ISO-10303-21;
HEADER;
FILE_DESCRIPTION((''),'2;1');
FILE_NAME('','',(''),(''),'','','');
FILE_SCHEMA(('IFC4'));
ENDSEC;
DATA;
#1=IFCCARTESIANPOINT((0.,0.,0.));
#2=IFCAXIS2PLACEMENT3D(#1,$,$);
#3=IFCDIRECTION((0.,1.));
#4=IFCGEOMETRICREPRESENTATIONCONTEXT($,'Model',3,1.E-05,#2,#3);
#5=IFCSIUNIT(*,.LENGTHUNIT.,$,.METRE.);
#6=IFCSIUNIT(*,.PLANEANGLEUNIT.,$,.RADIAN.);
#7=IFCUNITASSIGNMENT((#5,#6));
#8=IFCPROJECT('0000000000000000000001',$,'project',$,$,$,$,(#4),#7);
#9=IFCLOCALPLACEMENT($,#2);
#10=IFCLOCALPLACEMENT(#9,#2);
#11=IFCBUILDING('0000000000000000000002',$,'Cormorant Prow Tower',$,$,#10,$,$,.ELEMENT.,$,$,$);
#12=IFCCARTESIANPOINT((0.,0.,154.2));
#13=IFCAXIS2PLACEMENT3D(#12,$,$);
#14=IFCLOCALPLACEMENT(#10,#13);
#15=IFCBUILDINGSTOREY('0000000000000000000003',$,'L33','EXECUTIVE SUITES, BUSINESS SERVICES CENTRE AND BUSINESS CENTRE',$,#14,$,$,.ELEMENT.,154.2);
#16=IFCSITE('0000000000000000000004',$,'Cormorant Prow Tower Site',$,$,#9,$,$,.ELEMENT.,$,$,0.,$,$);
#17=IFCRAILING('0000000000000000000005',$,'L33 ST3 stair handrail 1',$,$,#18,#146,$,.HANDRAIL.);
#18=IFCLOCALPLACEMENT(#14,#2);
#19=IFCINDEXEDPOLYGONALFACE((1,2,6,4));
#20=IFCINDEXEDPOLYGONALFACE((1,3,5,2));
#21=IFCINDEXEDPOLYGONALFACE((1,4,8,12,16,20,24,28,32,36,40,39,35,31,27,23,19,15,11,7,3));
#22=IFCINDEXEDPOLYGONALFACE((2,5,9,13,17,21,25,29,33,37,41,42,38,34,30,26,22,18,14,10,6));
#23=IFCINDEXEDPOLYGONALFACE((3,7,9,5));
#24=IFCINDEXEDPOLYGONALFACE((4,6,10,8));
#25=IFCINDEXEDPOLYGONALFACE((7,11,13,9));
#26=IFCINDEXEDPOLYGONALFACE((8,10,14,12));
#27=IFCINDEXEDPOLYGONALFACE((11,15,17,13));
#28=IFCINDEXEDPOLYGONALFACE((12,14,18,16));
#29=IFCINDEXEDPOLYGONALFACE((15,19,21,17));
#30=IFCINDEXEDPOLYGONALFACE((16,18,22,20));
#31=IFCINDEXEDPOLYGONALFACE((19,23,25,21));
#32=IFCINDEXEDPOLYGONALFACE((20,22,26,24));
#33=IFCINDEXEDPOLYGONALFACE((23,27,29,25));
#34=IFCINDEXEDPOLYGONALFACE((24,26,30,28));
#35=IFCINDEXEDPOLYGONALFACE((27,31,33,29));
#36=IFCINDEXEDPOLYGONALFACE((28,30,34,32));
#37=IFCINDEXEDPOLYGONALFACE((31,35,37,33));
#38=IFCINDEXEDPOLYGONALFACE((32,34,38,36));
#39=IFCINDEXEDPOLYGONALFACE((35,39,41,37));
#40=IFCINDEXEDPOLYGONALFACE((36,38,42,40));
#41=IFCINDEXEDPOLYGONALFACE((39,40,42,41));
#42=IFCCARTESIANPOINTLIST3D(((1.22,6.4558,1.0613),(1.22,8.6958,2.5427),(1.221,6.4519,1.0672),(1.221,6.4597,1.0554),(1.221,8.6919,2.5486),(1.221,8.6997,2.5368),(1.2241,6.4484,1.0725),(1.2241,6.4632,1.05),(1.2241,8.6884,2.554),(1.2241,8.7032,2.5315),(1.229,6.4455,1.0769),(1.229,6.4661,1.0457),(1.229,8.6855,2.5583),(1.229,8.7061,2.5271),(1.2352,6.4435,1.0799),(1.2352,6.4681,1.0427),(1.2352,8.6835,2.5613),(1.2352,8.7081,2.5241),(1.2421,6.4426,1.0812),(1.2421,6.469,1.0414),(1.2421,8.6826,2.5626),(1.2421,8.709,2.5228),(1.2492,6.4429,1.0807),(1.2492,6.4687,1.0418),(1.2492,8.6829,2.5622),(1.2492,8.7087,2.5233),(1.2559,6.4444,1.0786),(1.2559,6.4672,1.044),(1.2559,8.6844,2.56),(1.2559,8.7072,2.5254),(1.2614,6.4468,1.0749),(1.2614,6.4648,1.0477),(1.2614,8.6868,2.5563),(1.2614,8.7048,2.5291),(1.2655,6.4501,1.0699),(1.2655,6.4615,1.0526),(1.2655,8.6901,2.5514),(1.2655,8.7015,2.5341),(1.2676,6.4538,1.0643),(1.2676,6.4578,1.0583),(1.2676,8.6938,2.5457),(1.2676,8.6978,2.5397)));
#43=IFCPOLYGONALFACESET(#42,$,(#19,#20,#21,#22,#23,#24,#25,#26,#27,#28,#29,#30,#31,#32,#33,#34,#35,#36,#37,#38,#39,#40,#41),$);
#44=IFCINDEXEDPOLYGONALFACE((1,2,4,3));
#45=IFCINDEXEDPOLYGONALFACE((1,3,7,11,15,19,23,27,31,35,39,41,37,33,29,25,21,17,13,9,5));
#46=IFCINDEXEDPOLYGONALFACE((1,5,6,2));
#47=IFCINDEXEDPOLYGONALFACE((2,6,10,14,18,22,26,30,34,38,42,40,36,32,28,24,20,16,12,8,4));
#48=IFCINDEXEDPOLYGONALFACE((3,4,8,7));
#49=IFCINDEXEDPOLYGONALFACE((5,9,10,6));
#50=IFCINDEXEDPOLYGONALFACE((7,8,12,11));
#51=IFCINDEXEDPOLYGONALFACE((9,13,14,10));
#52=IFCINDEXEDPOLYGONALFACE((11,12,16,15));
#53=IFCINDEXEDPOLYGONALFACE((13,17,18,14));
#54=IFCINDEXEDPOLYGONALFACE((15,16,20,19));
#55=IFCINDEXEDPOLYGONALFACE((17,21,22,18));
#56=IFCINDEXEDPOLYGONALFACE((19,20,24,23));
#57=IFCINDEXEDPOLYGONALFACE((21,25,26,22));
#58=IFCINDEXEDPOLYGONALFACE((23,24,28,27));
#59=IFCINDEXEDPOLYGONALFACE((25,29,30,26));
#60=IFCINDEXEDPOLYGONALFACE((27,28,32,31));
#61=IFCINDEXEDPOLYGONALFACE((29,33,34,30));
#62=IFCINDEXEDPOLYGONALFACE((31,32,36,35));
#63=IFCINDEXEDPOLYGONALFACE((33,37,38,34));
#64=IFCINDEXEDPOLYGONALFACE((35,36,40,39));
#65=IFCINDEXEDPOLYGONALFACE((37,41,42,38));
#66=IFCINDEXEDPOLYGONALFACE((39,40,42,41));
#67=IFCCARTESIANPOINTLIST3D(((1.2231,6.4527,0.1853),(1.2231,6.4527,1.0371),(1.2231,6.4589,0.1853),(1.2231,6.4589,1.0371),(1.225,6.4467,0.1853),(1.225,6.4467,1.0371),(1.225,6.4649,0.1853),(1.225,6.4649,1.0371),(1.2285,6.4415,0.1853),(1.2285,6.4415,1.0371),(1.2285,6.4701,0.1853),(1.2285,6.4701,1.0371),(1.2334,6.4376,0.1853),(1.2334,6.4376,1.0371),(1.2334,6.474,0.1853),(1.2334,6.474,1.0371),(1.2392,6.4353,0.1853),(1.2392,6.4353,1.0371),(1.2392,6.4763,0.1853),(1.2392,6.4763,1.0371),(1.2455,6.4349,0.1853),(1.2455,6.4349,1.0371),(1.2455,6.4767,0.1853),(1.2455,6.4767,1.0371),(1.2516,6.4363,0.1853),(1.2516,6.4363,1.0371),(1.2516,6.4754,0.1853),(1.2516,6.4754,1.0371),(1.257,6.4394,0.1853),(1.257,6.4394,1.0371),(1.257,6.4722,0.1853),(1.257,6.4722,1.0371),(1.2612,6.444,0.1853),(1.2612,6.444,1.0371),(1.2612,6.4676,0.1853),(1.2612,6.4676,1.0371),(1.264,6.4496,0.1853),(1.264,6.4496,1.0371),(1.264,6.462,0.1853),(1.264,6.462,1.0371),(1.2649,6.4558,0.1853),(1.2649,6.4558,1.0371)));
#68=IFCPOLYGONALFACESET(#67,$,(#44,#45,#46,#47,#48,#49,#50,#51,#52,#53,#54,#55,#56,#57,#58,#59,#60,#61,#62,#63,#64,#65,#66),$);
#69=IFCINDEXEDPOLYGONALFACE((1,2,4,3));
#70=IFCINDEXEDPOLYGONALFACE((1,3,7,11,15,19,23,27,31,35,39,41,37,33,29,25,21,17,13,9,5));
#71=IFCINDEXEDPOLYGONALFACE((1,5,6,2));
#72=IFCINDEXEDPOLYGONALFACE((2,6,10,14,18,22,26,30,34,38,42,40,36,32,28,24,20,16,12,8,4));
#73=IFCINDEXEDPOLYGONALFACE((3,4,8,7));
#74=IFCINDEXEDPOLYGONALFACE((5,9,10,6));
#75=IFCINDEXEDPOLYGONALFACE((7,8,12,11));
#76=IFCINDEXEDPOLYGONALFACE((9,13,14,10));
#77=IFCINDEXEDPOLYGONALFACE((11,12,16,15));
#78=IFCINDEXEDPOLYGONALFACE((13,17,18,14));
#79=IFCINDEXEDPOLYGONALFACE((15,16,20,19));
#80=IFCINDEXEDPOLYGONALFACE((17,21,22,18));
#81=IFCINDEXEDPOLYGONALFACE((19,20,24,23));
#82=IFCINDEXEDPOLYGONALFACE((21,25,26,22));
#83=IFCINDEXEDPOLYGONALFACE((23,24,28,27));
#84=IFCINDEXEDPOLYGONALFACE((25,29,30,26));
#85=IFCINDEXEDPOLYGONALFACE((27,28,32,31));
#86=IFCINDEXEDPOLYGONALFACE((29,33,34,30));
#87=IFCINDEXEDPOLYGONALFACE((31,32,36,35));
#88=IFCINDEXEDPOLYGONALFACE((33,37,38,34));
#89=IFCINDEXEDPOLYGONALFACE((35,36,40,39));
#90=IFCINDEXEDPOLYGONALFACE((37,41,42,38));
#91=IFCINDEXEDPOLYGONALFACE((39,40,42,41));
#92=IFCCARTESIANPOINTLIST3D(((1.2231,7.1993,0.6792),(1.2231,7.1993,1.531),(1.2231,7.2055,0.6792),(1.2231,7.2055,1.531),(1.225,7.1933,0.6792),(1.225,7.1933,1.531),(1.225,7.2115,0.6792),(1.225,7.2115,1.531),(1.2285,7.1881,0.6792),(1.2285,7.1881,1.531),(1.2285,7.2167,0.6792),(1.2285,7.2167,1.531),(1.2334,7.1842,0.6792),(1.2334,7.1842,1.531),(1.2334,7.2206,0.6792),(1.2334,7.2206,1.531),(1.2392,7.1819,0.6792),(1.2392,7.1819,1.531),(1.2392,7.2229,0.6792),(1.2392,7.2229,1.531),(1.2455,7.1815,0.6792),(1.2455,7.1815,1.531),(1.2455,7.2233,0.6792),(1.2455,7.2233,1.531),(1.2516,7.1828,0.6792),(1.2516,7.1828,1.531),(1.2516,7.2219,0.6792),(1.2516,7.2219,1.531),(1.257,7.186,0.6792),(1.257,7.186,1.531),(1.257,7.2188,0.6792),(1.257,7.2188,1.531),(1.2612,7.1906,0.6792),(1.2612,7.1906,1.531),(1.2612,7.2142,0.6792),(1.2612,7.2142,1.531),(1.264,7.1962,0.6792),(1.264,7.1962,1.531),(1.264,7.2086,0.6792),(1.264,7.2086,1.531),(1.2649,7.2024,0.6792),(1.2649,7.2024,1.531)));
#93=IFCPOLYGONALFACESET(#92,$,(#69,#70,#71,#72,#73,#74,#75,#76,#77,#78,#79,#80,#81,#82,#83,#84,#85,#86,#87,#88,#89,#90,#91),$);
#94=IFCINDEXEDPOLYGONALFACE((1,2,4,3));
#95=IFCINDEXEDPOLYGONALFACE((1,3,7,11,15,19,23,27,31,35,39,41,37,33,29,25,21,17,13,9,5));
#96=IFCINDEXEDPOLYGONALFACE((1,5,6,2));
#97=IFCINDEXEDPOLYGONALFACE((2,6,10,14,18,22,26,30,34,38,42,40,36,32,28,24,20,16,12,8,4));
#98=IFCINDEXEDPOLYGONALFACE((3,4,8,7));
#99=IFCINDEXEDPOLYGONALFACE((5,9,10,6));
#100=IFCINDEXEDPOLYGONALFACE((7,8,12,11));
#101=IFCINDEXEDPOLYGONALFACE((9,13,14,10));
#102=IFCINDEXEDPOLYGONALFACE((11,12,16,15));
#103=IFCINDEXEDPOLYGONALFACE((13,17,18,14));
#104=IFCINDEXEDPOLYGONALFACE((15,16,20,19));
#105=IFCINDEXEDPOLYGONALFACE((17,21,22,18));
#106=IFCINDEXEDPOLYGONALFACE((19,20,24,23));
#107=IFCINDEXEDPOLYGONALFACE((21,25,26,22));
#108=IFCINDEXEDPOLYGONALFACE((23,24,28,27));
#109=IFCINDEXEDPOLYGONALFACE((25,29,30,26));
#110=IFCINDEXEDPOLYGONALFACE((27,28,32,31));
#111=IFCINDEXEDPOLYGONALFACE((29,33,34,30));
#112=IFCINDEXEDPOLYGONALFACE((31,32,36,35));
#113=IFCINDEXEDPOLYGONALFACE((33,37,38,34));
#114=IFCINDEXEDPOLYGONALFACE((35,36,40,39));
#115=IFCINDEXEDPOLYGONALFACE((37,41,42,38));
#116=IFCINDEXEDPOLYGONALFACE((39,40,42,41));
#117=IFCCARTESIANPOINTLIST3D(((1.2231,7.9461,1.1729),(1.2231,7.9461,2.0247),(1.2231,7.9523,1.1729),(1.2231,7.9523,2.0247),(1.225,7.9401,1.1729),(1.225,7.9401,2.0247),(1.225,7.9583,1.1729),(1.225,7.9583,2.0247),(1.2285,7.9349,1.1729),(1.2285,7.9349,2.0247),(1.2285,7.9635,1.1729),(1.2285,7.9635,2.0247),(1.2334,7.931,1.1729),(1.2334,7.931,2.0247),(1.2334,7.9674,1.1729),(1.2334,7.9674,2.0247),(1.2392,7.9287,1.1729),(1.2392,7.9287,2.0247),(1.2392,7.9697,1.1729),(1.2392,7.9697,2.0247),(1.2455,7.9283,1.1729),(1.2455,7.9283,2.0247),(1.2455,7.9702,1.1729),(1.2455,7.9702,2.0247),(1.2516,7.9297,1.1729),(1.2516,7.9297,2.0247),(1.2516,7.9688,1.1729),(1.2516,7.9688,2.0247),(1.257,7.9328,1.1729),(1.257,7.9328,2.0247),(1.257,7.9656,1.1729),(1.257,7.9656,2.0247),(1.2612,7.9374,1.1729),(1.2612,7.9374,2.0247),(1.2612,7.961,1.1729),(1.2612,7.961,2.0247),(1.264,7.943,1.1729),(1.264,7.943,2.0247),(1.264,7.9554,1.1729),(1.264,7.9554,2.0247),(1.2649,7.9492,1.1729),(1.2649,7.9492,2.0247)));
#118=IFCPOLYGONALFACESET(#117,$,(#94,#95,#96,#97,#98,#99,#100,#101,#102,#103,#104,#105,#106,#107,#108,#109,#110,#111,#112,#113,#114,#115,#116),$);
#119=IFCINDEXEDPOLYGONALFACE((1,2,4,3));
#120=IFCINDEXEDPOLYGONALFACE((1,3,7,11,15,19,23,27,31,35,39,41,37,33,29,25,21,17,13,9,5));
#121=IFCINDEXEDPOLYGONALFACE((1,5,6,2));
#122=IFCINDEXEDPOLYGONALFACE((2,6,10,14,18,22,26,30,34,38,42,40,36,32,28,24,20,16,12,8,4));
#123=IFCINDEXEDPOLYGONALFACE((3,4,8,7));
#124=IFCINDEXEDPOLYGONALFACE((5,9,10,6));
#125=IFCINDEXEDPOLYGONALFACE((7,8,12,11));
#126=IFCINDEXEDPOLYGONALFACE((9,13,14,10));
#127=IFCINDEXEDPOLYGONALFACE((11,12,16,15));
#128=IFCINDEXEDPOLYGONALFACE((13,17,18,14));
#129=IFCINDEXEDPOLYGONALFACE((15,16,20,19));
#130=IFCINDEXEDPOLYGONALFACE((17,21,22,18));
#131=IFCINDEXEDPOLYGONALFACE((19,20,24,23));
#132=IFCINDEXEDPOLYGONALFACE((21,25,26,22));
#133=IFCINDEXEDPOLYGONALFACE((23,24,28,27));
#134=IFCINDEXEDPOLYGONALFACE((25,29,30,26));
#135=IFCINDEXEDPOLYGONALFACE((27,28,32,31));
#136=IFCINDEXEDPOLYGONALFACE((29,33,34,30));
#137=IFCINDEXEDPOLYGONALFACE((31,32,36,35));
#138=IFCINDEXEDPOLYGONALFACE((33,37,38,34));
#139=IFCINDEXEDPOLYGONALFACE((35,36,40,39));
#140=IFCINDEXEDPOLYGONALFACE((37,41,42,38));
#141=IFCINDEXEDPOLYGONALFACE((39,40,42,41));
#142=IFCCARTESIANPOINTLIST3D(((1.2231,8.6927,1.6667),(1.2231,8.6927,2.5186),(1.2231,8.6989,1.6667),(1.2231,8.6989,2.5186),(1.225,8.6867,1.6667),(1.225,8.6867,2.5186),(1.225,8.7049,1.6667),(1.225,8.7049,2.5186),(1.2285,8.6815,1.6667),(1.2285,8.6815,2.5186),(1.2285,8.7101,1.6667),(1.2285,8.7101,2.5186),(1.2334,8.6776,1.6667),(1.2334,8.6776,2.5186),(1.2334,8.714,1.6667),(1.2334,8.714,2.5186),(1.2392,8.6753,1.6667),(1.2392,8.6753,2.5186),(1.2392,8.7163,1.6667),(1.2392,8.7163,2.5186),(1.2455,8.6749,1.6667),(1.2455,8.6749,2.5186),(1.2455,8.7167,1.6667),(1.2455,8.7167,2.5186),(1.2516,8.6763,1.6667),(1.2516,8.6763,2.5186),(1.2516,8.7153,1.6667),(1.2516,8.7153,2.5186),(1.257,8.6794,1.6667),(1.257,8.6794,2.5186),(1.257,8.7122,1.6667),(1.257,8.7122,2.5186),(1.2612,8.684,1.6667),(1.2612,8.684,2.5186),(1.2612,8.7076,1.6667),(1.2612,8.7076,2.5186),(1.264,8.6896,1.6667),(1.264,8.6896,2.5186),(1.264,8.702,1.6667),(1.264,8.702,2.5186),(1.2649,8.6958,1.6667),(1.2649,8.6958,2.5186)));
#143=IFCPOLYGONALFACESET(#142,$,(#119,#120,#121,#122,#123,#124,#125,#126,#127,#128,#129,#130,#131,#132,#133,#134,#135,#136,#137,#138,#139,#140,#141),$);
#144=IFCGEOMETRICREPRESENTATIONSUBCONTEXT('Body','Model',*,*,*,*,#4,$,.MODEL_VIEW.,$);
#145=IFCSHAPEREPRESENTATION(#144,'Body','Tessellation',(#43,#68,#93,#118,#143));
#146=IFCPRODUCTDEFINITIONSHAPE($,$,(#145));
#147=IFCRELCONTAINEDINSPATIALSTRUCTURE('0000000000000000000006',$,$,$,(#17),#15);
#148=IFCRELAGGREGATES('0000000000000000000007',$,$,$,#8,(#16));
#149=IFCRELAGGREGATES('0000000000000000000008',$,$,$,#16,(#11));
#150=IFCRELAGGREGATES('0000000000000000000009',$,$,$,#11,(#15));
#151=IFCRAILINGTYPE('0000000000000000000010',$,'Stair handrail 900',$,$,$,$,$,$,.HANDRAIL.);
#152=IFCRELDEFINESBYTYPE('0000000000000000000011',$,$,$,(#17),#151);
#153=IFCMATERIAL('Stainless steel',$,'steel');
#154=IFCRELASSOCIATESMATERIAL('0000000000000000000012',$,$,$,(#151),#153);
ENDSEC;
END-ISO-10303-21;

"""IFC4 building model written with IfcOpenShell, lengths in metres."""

from ifc_helpers import new_model, si_unit, direction, frame, origin, origin_2d, place, context, subcontext, project, spatial, circle, extrude, material, type_object, element, save


model = new_model("IFC4")

# Units and contexts
model_context = context("Model", 3, precision=1e-05, world=origin(), true_north=direction((0.0, 1.0)))
body_context = subcontext(model_context, "Body", "Model", "MODEL_VIEW")
ifc_project = project(units=[si_unit("LENGTHUNIT", "METRE"), si_unit("PLANEANGLEUNIT", "RADIAN")], contexts=[model_context])

# Site, building, storey
site_placement = place(None, origin())
site = spatial("IfcSite", under=ifc_project, at=site_placement, Name="Cormorant Prow Tower Site", CompositionType="ELEMENT", RefElevation=0.0)
building_placement = place(site_placement, origin())
building = spatial("IfcBuilding", under=site, at=building_placement, Name="Cormorant Prow Tower", CompositionType="ELEMENT")
storey_placement = place(building_placement, frame((0.0, 0.0, 154.2)))
storey = spatial("IfcBuildingStorey", under=building, at=storey_placement, Name="L33", Description="EXECUTIVE SUITES, BUSINESS SERVICES CENTRE AND BUSINESS CENTRE", CompositionType="ELEMENT", Elevation=154.2)

# Railing
ifc_material_1 = material(Name="Stainless steel", Category="steel")
railing_type_1 = type_object("IfcRailingType", Name="Stair handrail 900", PredefinedType="HANDRAIL", material=ifc_material_1)
for number, where, name in (
    (1, (1.2439, 6.4558, 0.1853), "L33 ST3 stair handrail 1"),
):
    element("IfcRailing", number, at=place(storey_placement, frame(where)), inside=storey, type_object=railing_type_1, Name=name, PredefinedType="HANDRAIL", context=body_context, shape_type="SweptSolid", body=[
        extrude(circle(Radius=0.0239, at=origin_2d()), frame((0.0, 0.0, 0.876), z_axis=(0.0, 0.834087, 0.551634), x_axis=(-1.0, 0.0, 0.0)), (0.0, 0.0, 1.0), 2.6855),
        extrude(circle(Radius=0.021, at=origin_2d()), origin(), (0.0, 0.0, 1.0), 0.8518),
        extrude(circle(Radius=0.021, at=origin_2d()), frame((0.0, 0.7466, 0.4939)), (0.0, 0.0, 1.0), 0.8518),
        extrude(circle(Radius=0.021, at=origin_2d()), frame((0.0, 1.4934, 0.9875)), (0.0, 0.0, 1.0), 0.8518),
        extrude(circle(Radius=0.021, at=origin_2d()), frame((0.0, 2.24, 1.4814)), (0.0, 0.0, 1.0), 0.8518),
    ])

save(model, "model.ifc")
